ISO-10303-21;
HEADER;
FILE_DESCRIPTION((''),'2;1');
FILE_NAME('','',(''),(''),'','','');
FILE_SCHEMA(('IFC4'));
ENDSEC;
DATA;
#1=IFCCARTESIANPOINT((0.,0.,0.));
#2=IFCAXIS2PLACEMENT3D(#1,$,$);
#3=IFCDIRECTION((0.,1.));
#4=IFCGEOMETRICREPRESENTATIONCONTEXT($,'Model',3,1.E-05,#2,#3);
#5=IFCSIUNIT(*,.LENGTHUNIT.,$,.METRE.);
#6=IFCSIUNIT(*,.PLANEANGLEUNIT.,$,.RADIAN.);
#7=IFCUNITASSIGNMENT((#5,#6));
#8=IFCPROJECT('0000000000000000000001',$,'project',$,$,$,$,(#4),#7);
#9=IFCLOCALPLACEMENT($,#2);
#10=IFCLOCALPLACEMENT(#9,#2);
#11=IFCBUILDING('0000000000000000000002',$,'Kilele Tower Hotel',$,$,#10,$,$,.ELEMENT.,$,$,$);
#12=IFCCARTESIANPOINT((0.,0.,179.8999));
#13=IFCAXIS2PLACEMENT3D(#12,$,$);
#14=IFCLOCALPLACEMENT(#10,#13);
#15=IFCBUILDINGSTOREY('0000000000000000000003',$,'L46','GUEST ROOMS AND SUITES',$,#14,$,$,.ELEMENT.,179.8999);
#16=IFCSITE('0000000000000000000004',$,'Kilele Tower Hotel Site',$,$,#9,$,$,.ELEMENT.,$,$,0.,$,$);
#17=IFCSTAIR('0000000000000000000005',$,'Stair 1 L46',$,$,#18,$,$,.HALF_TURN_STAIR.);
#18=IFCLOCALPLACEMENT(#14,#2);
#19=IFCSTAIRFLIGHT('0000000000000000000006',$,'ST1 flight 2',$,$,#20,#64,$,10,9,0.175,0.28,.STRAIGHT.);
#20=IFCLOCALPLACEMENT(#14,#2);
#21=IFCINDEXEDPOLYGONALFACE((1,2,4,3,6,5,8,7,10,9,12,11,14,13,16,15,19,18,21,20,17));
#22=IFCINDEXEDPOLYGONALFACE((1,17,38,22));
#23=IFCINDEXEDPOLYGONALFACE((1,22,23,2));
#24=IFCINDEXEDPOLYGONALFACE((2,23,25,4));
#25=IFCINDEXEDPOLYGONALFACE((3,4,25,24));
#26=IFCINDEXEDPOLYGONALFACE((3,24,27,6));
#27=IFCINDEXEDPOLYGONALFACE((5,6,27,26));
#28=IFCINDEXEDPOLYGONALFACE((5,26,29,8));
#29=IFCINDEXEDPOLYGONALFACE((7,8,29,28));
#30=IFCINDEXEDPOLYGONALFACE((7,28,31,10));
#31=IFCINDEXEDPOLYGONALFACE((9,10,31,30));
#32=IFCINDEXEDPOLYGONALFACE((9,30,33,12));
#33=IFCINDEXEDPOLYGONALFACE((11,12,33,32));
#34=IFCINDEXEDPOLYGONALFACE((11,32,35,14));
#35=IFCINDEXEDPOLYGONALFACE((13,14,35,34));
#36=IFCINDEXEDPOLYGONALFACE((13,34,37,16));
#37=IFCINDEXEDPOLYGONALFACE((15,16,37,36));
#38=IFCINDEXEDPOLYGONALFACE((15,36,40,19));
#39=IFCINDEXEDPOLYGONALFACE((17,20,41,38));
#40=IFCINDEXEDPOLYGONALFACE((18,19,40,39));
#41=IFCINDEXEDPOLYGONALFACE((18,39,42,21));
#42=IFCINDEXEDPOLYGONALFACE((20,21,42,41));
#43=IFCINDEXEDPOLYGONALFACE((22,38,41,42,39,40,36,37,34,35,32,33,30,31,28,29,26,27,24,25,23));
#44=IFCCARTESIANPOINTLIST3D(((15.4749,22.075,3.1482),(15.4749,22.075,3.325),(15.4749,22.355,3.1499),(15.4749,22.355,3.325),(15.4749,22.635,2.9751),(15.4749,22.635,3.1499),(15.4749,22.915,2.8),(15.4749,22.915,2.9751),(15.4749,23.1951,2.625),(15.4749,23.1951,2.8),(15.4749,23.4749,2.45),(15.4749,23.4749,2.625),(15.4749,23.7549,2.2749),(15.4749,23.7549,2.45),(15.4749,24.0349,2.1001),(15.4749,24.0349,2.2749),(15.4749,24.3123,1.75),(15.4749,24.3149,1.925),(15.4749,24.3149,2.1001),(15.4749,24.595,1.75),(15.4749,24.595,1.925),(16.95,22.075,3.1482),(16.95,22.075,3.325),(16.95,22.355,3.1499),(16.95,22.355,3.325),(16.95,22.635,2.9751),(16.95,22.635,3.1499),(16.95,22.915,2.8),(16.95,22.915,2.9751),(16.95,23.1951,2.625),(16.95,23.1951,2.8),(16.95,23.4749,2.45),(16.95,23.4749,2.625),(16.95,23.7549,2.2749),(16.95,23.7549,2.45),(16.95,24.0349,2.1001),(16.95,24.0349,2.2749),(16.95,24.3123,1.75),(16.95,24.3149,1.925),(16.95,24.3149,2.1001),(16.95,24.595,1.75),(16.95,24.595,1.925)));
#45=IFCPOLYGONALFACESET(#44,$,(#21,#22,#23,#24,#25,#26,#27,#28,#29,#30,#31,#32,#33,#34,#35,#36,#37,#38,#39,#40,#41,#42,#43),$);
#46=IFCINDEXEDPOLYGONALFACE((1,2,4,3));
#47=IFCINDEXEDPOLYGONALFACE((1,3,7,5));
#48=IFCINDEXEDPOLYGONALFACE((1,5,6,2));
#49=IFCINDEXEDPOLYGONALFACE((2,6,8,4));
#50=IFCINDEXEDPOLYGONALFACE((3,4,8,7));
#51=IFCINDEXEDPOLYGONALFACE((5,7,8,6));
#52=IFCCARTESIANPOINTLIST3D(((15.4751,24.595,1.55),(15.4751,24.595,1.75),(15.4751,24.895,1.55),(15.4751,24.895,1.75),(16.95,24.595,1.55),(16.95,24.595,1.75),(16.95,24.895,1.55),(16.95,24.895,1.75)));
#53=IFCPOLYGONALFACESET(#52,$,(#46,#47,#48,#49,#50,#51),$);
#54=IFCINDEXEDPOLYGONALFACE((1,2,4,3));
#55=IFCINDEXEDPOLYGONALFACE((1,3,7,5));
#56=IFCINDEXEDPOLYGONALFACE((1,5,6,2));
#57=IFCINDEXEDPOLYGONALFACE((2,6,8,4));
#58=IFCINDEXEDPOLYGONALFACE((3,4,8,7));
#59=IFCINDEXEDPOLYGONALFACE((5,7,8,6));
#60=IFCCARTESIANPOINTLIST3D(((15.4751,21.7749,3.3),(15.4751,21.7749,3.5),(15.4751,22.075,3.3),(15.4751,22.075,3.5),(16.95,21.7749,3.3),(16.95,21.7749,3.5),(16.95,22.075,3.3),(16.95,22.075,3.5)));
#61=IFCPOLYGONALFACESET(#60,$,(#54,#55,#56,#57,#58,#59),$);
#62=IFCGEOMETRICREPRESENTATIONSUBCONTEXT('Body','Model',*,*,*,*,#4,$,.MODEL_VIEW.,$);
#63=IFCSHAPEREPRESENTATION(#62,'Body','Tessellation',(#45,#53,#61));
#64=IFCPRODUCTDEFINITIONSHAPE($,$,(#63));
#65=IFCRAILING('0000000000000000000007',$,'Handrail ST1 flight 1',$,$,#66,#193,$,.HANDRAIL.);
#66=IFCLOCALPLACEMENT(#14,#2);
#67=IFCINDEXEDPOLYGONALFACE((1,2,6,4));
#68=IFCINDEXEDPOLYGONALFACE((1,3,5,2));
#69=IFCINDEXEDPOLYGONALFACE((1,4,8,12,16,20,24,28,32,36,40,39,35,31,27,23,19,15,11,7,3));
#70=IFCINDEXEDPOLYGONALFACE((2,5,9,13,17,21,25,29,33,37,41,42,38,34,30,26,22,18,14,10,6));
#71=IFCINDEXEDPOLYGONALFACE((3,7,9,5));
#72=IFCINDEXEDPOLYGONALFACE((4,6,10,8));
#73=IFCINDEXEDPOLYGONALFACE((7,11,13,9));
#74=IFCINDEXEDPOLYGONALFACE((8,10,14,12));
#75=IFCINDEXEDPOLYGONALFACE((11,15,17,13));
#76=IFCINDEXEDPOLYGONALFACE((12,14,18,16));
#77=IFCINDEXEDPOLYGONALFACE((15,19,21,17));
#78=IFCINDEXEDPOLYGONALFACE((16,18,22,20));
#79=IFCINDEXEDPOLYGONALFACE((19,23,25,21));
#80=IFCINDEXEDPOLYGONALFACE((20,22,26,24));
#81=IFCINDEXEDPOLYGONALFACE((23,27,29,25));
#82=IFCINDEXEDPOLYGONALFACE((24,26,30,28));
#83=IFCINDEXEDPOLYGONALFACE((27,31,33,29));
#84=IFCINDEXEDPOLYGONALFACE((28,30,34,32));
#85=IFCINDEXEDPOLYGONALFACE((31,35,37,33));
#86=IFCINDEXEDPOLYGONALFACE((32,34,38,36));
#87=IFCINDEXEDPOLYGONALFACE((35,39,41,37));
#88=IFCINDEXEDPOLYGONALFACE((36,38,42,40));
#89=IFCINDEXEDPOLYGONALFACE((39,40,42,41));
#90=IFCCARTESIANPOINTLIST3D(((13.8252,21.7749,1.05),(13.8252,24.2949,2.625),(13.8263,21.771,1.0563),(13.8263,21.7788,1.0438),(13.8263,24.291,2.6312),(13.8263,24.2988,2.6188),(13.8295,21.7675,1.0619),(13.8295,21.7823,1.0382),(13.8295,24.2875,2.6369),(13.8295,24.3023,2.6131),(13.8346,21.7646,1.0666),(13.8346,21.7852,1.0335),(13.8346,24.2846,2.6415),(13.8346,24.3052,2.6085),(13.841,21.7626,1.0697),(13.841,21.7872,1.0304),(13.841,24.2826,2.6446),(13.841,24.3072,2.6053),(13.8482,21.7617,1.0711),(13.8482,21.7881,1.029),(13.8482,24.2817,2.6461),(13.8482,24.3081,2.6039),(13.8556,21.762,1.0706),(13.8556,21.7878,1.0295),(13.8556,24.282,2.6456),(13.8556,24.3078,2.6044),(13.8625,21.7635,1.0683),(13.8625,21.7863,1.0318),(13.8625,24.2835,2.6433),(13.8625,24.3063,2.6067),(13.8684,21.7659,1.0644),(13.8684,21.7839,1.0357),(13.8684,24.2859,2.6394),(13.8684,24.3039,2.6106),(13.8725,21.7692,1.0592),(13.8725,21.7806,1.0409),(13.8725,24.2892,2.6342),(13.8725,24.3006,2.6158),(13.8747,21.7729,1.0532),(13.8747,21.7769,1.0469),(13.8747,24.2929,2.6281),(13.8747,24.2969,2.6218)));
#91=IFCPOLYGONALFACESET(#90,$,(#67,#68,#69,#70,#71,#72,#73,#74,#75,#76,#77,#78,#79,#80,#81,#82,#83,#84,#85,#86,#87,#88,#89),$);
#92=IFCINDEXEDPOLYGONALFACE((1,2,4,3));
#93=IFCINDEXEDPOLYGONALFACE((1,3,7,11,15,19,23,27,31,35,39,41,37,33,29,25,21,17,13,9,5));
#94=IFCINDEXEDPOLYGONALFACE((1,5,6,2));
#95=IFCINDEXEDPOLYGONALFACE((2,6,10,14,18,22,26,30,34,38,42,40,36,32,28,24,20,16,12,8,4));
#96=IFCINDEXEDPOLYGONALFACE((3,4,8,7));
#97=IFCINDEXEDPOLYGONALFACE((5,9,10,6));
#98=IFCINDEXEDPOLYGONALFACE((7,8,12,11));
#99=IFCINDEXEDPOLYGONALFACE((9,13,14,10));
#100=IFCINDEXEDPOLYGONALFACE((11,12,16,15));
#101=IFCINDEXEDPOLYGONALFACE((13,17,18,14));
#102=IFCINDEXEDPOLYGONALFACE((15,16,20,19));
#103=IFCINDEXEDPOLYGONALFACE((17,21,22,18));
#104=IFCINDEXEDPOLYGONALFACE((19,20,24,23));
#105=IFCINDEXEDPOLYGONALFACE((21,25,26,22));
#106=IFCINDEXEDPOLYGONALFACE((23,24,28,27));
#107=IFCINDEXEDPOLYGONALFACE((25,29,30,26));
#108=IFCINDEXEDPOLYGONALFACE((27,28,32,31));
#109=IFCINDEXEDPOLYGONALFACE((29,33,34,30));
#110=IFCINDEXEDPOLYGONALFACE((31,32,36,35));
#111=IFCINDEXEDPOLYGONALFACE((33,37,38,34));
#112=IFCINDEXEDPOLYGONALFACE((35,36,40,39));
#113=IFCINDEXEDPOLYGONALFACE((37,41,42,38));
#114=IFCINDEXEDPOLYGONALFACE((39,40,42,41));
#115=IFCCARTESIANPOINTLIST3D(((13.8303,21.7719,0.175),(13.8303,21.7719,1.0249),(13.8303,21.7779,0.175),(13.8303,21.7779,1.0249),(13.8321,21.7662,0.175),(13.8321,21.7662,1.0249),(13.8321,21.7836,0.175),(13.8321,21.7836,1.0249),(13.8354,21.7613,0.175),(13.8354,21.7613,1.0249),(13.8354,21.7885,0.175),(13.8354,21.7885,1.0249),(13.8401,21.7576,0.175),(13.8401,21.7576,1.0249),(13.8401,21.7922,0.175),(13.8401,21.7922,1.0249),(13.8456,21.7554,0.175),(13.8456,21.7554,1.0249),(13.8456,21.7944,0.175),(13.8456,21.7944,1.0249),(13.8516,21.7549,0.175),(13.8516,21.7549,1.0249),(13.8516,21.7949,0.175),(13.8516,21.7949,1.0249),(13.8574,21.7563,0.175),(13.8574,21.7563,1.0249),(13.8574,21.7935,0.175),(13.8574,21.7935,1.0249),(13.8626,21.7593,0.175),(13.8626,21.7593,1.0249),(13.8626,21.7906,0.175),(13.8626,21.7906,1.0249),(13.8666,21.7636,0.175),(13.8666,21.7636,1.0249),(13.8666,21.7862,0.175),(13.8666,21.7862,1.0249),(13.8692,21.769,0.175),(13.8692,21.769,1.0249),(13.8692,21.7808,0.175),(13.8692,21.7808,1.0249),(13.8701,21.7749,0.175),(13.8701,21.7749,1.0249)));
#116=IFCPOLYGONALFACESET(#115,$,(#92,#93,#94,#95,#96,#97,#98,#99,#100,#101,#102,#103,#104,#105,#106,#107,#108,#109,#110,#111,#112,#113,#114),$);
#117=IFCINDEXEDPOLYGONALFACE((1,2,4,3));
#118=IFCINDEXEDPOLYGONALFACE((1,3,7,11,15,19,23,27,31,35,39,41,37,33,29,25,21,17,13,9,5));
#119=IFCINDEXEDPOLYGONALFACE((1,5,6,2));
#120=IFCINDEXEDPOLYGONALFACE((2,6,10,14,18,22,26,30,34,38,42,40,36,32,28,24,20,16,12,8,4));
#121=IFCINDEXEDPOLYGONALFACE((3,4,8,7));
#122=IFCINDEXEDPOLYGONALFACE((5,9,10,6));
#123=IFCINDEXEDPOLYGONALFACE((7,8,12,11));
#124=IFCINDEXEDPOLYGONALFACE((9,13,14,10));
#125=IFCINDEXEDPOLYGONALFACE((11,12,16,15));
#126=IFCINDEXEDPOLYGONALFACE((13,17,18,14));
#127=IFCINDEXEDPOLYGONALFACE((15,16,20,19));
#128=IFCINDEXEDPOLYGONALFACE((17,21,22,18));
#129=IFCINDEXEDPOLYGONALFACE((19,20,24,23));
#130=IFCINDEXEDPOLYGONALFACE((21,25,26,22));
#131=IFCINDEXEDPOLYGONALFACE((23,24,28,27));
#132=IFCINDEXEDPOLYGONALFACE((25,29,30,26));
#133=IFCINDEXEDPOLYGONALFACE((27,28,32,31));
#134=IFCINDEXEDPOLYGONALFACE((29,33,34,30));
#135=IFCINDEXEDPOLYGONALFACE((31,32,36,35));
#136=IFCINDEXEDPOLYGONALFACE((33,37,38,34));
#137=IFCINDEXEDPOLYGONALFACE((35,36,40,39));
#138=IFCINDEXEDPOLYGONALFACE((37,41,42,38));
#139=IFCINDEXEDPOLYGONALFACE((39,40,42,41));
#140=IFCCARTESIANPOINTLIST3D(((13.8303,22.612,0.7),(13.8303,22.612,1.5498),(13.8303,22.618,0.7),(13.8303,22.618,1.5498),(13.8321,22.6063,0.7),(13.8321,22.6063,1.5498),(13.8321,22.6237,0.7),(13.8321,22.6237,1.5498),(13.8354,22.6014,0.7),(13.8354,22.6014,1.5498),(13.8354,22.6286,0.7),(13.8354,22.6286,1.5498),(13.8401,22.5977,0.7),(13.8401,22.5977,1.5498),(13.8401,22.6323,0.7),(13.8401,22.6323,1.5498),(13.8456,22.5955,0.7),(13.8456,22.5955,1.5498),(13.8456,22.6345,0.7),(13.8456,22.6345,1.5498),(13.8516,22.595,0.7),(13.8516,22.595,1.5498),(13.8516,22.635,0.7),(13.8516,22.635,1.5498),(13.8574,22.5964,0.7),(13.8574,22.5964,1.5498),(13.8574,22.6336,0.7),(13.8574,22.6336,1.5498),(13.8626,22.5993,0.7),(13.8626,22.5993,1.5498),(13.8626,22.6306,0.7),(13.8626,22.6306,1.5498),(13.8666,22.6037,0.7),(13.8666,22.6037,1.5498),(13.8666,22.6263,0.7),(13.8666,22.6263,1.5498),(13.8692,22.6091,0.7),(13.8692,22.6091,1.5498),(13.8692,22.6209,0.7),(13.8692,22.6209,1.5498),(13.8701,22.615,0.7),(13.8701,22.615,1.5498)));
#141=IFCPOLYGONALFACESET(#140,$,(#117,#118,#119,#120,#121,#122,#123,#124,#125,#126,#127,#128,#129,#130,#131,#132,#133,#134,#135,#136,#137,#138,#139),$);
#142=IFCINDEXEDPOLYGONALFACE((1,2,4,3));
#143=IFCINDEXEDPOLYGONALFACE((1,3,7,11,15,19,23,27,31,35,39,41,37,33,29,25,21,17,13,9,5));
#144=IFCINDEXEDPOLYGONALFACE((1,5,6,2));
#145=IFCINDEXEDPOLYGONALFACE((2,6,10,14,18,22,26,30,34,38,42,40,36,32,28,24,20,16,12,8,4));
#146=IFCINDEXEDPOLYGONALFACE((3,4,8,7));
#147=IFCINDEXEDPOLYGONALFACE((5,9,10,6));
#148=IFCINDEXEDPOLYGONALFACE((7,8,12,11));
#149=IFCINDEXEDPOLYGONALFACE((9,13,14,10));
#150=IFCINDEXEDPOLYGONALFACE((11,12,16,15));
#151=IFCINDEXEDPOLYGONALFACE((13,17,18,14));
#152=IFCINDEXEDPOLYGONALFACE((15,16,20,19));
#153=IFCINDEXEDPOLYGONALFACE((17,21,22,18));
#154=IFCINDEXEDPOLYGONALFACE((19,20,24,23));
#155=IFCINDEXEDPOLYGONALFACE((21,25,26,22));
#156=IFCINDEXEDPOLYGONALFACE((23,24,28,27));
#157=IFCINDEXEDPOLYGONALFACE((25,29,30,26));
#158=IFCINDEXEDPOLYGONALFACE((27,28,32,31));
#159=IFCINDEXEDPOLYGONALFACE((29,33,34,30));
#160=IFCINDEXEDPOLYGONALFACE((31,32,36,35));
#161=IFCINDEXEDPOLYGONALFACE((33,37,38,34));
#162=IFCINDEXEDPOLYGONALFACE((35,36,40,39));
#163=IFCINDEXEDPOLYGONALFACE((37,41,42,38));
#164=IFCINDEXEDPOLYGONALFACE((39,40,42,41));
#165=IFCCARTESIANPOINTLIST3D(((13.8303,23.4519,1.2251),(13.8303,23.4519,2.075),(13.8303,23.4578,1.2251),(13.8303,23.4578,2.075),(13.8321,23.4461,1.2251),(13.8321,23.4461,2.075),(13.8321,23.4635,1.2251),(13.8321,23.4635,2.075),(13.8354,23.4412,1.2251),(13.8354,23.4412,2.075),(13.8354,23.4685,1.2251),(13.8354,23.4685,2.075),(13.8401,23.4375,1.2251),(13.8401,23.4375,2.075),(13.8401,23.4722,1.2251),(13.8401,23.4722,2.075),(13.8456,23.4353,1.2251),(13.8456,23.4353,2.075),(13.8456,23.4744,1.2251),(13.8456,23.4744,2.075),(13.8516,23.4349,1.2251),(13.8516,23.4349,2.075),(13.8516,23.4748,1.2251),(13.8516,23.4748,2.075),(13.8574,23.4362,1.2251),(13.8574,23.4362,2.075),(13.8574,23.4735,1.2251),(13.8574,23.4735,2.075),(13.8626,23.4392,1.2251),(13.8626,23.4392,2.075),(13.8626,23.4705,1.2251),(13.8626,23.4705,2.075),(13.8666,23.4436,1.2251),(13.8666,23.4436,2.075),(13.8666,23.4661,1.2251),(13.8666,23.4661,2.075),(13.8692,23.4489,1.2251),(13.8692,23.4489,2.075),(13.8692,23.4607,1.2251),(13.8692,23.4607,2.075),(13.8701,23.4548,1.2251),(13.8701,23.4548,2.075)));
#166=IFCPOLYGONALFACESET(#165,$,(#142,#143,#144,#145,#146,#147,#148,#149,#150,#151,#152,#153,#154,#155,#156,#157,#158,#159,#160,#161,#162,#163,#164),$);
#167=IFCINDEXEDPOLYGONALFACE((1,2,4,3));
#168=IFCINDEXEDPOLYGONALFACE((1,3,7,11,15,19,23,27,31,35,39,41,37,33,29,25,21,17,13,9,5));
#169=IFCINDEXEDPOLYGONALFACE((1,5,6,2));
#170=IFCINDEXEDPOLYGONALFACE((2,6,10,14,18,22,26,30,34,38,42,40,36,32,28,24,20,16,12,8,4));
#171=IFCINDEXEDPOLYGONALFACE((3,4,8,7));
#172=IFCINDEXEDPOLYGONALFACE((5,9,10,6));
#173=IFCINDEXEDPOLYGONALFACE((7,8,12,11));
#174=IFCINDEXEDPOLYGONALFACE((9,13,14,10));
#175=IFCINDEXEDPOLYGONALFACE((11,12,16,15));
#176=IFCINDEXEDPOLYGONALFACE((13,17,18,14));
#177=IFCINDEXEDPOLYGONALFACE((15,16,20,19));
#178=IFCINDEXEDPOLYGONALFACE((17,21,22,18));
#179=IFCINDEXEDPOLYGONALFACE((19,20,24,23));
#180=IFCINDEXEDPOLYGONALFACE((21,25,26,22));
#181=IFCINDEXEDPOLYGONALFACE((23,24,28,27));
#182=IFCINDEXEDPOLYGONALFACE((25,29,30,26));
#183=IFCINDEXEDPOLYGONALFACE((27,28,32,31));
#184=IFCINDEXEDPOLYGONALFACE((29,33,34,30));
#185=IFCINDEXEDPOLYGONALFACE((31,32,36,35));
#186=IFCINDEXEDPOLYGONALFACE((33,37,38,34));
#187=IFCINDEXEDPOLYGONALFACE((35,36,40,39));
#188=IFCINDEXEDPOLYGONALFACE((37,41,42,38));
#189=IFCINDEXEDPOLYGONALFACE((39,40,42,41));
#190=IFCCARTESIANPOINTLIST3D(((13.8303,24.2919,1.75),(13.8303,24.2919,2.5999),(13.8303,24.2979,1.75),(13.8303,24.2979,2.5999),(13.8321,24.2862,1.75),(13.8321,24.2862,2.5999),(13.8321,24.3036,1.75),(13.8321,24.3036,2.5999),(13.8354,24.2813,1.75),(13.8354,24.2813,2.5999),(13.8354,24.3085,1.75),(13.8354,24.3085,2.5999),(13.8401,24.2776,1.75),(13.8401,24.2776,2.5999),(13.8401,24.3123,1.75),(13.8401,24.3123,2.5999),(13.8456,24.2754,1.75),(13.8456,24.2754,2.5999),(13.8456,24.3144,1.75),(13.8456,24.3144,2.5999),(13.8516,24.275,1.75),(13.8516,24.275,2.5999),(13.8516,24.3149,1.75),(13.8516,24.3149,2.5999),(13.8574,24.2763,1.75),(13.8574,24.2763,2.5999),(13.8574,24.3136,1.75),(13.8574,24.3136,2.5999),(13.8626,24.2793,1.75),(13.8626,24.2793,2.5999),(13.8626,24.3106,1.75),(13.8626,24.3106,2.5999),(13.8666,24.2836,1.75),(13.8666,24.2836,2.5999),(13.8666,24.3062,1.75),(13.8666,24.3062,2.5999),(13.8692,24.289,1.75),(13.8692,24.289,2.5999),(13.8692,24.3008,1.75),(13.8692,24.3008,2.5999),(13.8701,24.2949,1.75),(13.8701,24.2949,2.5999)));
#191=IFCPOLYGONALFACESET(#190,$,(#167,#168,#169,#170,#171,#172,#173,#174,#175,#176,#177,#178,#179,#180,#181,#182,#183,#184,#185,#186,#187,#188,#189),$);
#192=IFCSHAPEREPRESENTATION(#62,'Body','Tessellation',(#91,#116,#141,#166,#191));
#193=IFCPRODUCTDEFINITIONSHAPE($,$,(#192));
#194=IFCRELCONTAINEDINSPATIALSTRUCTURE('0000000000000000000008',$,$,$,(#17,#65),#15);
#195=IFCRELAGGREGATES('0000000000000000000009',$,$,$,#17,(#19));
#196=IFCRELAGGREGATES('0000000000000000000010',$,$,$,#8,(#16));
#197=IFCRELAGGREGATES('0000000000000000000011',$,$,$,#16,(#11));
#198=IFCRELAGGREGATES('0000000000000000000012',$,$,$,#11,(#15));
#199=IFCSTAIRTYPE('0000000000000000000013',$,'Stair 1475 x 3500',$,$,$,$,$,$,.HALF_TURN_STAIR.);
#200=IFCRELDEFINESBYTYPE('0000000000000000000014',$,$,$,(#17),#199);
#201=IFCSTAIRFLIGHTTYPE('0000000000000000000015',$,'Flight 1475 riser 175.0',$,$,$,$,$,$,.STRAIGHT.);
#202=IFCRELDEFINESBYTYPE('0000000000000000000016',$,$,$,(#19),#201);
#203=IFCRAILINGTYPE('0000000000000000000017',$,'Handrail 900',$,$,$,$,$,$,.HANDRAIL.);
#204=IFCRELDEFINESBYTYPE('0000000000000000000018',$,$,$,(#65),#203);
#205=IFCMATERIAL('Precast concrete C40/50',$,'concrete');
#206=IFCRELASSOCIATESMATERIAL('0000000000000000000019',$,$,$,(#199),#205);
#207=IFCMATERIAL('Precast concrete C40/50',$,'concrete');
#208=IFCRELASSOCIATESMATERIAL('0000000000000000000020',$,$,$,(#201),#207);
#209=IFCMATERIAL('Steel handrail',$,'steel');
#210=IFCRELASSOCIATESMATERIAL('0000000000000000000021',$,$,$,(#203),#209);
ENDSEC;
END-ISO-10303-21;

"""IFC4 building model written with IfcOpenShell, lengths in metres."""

from ifc_helpers import new_model, si_unit, direction, frame, origin, origin_2d, place, context, subcontext, project, spatial, polyline, circle, outline, extrude, material, type_object, element, aggregate, save


model = new_model("IFC4")

# Units and contexts
model_context = context("Model", 3, precision=1e-05, world=origin(), true_north=direction((0.0, 1.0)))
body_context = subcontext(model_context, "Body", "Model", "MODEL_VIEW")
ifc_project = project(units=[si_unit("LENGTHUNIT", "METRE"), si_unit("PLANEANGLEUNIT", "RADIAN")], contexts=[model_context])

# Site, building, storey
site_placement = place(None, origin())
site = spatial("IfcSite", under=ifc_project, at=site_placement, Name="Kilele Tower Hotel Site", CompositionType="ELEMENT", RefElevation=0.0)
building_placement = place(site_placement, origin())
building = spatial("IfcBuilding", under=site, at=building_placement, Name="Kilele Tower Hotel", CompositionType="ELEMENT")
storey_placement = place(building_placement, frame((0.0, 0.0, 179.8999)))
storey = spatial("IfcBuildingStorey", under=building, at=storey_placement, Name="L46", Description="GUEST ROOMS AND SUITES", CompositionType="ELEMENT", Elevation=179.8999)

# Stair, stair flight
ifc_material_1 = material(Name="Precast concrete C40/50", Category="concrete")
stair_type = type_object("IfcStairType", Name="Stair 1475 x 3500", PredefinedType="HALF_TURN_STAIR", material=ifc_material_1)
stair_placement = place(storey_placement, origin())
stair = element("IfcStair", 1, at=stair_placement, inside=storey, type_object=stair_type, Name="Stair 1 L46", PredefinedType="HALF_TURN_STAIR")
ifc_material_2 = material(Name="Precast concrete C40/50", Category="concrete")
stair_flight_type = type_object("IfcStairFlightType", Name="Flight 1475 riser 175.0", PredefinedType="STRAIGHT", material=ifc_material_2)
stair_flight_1_placement = place(storey_placement, frame((16.2124, 24.595, 1.75), z_axis=(0.0, 0.0, 1.0), x_axis=(0.0, -1.0, 0.0)))
stair_flight_1 = element("IfcStairFlight", 2, at=stair_flight_1_placement, type_object=stair_flight_type, Name="ST1 flight 2", NumberOfRisers=10, NumberOfTreads=9, PredefinedType="STRAIGHT", RiserHeight=0.175, TreadLength=0.28, context=body_context, shape_type="SweptSolid", body=[
    extrude(outline(polyline([(0.0, 0.0), (0.0, 0.175), (0.28, 0.175), (0.28, 0.3501), (0.5601, 0.3501), (0.5601, 0.5249), (0.8401, 0.5249), (0.8401, 0.7), (1.1201, 0.7), (1.1201, 0.875), (1.3999, 0.875), (1.3999, 1.05), (1.6799, 1.05), (1.6799, 1.2251), (1.96, 1.2251), (1.96, 1.3999), (2.24, 1.3999), (2.24, 1.575), (2.52, 1.575), (2.52, 1.75), (2.52, 1.3982), (0.2827, 0.0), (0.0, 0.0)])), frame((0.0, 0.7375, 0.0), z_axis=(0.0, -1.0, 0.0), x_axis=(1.0, 0.0, 0.0)), (0.0, 0.0, 1.0), 1.4751),
    extrude(outline(polyline([(0.0, -0.7373), (0.0, 0.7375), (-0.3, 0.7375), (-0.3, -0.7373), (0.0, -0.7373)])), frame((0.0, 0.0, -0.2)), (0.0, 0.0, 1.0), 0.2),
    extrude(outline(polyline([(2.8201, -0.7373), (2.8201, 0.7375), (2.52, 0.7375), (2.52, -0.7373), (2.8201, -0.7373)])), frame((0.0, 0.0, 1.55)), (0.0, 0.0, 1.0), 0.2),
])
aggregate(stair, [stair_flight_1])

# Railing
ifc_material_3 = material(Name="Steel handrail", Category="steel")
railing_type_1 = type_object("IfcRailingType", Name="Handrail 900", PredefinedType="HANDRAIL", material=ifc_material_3)
for number, where, name in (
    (3, (13.8501, 21.7749, 0.175), "Handrail ST1 flight 1"),
):
    element("IfcRailing", number, at=place(storey_placement, frame(where)), inside=storey, type_object=railing_type_1, Name=name, PredefinedType="HANDRAIL", context=body_context, shape_type="SweptSolid", body=[
        extrude(circle(Radius=0.0249, at=origin_2d()), frame((0.0, 0.0, 0.875), z_axis=(0.0, 0.848008, 0.529984), x_axis=(-1.0, 0.0, 0.0)), (0.0, 0.0, 1.0), 2.9717),
        extrude(circle(Radius=0.02, at=origin_2d()), origin(), (0.0, 0.0, 1.0), 0.8499),
        extrude(circle(Radius=0.02, at=origin_2d()), frame((0.0, 0.8401, 0.5249)), (0.0, 0.0, 1.0), 0.8499),
        extrude(circle(Radius=0.02, at=origin_2d()), frame((0.0, 1.6799, 1.05)), (0.0, 0.0, 1.0), 0.8499),
        extrude(circle(Radius=0.02, at=origin_2d()), frame((0.0, 2.52, 1.575)), (0.0, 0.0, 1.0), 0.8499),
    ])

save(model, "model.ifc")
